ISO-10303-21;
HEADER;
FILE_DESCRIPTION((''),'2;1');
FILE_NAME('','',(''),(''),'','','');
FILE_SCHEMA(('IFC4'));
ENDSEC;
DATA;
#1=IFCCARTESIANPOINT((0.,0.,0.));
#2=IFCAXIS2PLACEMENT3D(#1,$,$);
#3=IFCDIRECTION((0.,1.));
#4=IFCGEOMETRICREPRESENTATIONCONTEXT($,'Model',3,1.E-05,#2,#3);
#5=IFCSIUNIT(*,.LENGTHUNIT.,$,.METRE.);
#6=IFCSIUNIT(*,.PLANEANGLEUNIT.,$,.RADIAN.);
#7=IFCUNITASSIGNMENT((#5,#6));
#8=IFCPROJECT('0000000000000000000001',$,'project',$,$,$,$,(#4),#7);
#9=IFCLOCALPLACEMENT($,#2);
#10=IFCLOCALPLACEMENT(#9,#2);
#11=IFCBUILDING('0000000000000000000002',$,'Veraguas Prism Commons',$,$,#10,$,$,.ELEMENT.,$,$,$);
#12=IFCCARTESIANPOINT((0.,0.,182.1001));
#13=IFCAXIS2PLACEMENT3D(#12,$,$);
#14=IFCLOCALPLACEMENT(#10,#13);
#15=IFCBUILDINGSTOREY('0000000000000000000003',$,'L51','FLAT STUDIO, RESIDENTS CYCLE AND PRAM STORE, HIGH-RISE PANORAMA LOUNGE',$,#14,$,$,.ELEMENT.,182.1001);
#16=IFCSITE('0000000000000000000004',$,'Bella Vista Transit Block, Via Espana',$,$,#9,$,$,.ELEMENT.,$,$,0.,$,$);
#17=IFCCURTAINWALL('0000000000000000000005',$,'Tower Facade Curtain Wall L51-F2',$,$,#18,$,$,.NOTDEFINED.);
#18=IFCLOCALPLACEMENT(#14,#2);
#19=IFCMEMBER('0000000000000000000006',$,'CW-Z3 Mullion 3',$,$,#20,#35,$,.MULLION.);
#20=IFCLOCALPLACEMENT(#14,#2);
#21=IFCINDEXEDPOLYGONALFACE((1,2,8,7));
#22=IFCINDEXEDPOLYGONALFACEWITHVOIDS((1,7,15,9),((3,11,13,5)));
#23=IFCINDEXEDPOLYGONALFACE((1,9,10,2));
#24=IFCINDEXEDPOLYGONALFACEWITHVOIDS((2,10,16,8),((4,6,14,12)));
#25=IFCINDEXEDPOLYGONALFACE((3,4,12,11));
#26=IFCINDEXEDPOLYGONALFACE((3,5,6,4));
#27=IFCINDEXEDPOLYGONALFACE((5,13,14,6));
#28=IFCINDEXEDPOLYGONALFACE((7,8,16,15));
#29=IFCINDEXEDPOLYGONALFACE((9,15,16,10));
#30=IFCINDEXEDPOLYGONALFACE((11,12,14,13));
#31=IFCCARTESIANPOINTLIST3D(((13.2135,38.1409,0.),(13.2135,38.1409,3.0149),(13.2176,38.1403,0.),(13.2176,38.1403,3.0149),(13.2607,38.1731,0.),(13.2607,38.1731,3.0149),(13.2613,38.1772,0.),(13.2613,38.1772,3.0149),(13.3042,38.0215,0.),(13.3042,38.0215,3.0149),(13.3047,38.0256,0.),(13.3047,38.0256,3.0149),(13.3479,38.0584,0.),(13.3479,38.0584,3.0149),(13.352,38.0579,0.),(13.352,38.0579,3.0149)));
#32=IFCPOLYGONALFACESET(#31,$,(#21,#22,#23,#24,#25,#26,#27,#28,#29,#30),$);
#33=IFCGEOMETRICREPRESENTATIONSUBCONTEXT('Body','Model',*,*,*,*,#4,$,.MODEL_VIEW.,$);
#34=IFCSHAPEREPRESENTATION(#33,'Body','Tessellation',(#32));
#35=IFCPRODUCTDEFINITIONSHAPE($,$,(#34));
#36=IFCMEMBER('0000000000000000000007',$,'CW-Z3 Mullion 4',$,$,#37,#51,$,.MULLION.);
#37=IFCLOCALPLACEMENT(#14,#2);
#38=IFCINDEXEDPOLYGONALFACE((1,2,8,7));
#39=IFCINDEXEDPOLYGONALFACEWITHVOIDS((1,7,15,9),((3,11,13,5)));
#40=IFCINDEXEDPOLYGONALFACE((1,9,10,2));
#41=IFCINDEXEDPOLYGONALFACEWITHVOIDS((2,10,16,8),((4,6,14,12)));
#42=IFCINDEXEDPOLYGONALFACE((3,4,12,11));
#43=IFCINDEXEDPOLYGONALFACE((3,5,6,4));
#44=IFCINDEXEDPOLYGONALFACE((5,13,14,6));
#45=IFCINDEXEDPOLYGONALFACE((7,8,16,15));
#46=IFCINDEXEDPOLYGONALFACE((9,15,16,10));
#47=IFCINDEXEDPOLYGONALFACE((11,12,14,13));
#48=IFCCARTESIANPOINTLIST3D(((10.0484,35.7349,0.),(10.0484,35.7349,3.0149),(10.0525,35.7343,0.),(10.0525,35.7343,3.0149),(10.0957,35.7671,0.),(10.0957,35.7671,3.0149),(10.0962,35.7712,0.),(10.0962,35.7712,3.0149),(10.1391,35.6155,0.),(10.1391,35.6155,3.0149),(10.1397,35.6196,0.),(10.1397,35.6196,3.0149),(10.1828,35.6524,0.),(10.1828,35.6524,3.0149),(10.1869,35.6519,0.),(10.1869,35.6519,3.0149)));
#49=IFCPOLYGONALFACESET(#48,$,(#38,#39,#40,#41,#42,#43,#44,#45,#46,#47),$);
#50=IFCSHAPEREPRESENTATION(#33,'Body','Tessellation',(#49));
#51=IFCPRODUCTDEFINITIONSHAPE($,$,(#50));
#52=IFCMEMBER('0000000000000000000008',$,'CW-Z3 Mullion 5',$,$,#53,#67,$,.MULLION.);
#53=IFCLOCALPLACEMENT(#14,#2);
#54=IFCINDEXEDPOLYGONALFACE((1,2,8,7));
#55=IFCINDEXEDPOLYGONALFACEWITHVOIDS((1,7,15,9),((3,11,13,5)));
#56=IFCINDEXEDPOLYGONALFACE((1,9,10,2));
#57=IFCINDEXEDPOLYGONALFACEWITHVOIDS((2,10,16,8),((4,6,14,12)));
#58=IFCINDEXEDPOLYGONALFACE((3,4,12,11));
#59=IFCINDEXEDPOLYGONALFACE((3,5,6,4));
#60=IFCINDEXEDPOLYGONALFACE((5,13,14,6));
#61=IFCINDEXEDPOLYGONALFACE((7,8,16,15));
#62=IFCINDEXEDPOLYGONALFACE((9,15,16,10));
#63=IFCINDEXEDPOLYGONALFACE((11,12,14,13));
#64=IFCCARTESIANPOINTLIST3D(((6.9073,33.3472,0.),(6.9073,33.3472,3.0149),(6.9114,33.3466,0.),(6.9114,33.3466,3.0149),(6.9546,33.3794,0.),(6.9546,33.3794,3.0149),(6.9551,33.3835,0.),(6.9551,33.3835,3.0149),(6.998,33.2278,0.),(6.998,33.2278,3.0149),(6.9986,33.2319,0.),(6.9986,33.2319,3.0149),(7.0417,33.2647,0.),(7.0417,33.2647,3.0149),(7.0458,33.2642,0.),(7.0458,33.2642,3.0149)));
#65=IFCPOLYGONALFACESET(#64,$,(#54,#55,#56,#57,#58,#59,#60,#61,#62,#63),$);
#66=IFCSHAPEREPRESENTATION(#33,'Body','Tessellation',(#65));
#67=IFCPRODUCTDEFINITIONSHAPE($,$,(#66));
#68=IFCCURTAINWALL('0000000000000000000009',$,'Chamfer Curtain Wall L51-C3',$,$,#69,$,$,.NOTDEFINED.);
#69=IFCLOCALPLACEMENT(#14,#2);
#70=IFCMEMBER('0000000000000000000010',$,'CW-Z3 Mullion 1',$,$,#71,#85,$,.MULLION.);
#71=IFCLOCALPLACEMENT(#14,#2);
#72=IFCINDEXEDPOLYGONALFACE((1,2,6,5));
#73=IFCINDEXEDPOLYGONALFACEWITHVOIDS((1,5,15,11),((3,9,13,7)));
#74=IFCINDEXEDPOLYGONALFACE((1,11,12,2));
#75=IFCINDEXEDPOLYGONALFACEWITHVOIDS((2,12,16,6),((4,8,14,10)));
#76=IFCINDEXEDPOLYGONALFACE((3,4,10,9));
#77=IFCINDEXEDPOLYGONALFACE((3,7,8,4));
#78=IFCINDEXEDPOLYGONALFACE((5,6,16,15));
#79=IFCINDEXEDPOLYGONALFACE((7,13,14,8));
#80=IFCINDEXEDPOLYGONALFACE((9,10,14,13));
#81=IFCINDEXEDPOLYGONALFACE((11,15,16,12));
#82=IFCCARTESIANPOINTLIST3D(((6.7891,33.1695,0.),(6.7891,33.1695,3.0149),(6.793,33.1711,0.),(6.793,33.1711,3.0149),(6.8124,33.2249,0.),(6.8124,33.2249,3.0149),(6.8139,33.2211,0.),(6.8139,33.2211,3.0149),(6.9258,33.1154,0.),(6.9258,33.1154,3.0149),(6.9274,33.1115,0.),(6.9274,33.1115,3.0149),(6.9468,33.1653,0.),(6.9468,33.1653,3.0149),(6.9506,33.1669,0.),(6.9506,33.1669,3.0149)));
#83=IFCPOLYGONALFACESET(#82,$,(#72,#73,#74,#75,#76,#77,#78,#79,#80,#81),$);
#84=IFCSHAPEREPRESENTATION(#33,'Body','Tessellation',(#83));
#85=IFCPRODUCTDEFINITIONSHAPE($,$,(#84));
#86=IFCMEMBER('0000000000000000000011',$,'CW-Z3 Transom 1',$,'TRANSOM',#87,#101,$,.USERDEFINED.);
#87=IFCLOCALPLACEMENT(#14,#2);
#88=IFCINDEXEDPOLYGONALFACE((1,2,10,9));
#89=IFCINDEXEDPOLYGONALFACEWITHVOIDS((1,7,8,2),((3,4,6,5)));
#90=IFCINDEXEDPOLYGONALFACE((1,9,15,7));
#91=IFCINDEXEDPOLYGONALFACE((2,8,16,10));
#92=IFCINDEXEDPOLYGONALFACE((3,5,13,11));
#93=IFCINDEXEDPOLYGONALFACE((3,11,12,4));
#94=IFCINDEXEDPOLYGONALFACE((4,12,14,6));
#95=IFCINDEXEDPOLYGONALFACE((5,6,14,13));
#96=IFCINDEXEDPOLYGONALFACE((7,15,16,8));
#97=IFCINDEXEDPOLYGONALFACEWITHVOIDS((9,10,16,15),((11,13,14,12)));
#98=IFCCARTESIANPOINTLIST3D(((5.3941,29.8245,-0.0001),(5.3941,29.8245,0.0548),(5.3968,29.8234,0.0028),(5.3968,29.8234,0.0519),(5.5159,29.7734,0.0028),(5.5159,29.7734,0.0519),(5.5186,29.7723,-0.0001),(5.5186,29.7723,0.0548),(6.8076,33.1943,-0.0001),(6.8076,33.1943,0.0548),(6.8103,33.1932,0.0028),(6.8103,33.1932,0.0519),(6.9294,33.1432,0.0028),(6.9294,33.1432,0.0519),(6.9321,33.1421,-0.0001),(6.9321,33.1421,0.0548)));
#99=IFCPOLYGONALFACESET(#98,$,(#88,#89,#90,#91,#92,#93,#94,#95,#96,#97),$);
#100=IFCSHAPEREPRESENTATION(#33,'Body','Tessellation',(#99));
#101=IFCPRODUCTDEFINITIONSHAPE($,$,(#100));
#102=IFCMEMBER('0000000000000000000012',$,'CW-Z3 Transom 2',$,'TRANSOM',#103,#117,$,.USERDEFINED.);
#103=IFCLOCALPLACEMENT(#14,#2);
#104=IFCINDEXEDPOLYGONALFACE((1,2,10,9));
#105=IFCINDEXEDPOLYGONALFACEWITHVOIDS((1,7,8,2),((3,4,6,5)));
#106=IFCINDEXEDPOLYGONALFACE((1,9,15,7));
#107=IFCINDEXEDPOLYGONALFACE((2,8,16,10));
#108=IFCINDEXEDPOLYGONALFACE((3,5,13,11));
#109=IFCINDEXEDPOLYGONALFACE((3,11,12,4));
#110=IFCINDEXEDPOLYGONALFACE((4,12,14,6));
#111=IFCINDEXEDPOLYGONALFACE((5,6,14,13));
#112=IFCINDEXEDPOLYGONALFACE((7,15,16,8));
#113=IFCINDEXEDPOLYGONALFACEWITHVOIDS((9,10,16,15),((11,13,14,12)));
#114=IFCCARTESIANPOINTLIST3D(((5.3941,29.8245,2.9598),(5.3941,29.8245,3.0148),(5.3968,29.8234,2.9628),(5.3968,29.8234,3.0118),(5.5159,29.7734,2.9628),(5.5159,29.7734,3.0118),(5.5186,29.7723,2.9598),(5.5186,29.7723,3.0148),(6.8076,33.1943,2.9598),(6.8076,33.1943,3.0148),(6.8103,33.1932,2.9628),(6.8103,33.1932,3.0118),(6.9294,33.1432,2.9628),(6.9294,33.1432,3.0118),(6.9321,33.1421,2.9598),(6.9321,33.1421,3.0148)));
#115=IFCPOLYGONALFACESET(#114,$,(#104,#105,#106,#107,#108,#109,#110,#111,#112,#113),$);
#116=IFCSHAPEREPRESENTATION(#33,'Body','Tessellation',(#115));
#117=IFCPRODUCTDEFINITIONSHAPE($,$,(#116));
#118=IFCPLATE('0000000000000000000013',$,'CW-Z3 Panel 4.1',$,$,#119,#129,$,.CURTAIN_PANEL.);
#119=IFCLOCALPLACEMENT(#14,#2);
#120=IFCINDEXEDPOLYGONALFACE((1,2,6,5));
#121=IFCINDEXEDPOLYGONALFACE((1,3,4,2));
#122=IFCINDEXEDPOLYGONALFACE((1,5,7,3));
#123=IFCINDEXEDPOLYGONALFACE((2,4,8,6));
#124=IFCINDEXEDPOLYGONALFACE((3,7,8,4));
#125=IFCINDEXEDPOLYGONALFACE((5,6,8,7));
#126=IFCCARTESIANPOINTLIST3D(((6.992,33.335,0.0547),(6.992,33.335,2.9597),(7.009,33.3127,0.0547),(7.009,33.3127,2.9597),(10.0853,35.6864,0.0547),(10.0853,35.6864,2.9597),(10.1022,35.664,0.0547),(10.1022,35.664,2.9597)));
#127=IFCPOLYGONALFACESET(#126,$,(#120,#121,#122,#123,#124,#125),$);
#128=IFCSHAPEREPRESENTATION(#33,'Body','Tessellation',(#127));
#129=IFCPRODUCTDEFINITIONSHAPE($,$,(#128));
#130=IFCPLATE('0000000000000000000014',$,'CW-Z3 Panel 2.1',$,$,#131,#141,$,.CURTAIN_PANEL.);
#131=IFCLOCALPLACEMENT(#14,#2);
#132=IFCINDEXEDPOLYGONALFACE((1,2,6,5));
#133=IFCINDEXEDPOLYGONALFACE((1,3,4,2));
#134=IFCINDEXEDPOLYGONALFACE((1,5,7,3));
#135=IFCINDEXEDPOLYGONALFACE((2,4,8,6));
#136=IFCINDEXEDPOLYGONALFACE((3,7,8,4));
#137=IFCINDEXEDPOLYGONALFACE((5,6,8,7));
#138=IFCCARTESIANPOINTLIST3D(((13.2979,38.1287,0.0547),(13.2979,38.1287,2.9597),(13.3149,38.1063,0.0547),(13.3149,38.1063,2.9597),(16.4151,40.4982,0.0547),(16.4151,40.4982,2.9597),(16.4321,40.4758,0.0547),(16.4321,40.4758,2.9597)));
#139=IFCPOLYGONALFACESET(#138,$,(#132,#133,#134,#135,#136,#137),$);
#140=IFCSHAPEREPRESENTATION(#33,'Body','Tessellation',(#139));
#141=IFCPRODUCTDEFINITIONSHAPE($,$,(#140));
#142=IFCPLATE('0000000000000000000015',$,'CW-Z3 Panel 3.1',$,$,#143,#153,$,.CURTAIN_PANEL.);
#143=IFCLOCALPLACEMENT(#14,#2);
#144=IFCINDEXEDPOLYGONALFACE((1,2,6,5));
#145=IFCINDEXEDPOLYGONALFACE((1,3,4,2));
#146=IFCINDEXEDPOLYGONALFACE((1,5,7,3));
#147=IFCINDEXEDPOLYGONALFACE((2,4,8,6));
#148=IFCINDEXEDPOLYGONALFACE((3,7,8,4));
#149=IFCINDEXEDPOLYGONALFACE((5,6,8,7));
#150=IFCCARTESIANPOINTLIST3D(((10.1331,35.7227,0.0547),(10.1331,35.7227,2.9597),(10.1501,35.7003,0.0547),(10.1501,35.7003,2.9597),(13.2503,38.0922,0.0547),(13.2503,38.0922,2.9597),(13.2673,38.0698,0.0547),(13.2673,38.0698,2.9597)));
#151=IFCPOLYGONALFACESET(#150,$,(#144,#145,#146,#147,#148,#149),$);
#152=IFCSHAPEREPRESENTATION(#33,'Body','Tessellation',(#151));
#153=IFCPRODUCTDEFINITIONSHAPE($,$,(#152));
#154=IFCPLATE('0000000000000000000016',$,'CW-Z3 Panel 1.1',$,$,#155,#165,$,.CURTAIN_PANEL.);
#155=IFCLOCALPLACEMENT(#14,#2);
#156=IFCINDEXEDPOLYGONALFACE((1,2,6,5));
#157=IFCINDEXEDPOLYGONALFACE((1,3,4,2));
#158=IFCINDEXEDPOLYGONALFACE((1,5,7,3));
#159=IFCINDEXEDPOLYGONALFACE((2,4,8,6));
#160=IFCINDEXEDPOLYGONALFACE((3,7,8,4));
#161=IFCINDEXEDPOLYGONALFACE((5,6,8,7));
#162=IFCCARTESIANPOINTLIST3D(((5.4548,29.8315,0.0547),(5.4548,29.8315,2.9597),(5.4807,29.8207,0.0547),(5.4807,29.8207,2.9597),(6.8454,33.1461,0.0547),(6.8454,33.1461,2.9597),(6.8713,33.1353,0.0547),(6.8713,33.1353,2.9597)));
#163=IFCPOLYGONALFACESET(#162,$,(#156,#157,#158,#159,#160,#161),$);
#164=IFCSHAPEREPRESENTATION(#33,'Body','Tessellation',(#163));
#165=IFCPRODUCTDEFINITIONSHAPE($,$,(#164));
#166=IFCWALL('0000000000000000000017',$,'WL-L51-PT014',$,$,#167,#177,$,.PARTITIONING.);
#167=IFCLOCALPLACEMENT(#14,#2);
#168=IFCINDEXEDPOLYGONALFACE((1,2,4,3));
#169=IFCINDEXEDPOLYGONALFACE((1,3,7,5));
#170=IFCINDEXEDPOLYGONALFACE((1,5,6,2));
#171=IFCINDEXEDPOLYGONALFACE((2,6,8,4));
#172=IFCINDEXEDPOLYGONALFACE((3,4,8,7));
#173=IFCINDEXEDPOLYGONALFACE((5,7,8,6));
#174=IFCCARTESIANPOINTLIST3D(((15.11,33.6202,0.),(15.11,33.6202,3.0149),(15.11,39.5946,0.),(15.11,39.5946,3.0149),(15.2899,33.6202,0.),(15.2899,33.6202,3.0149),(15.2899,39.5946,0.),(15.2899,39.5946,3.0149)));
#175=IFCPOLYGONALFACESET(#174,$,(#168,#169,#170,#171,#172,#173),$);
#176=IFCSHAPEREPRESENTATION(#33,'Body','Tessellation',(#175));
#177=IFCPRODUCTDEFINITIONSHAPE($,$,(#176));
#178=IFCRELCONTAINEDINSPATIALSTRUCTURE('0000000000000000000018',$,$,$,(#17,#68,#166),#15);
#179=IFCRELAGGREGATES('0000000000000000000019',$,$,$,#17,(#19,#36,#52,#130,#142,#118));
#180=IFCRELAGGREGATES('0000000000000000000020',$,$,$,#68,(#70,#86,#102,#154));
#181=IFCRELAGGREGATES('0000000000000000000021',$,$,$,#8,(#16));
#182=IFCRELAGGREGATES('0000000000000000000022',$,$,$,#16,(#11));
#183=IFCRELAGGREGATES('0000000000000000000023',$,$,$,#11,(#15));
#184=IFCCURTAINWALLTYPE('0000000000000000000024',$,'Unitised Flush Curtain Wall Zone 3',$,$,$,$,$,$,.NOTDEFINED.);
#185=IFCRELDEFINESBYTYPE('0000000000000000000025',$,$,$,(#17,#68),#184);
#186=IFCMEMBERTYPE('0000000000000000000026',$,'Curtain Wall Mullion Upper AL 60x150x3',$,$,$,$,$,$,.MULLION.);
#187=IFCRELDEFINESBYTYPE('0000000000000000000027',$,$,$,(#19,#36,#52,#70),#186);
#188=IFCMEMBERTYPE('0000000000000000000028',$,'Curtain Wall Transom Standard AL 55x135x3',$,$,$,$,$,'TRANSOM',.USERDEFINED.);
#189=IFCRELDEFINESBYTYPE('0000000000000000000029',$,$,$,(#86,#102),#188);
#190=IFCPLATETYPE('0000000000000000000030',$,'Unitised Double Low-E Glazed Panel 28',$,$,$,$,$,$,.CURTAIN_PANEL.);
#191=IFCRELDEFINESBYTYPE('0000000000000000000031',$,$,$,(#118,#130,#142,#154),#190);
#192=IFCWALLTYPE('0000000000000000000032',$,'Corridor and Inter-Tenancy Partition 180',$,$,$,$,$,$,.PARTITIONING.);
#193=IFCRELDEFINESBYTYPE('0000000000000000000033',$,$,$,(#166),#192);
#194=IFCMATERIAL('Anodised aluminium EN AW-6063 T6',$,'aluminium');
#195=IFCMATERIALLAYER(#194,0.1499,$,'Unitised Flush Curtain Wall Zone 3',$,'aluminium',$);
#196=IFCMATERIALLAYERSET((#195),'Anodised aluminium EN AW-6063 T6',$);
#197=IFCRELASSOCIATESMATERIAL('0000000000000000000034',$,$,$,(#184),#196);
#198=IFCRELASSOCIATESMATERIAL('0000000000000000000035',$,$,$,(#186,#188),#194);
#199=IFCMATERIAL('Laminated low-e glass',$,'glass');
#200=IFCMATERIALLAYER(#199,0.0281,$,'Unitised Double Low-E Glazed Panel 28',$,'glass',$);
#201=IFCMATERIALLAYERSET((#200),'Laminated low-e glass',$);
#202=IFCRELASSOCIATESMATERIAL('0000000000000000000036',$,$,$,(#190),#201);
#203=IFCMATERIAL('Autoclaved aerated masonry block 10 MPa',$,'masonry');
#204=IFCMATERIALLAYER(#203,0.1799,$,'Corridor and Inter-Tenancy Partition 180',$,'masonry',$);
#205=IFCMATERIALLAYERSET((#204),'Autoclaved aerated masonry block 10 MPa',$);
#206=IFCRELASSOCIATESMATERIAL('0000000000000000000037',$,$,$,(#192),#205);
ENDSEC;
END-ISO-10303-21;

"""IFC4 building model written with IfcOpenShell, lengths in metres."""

from ifc_helpers import new_model, si_unit, direction, frame, frame_2d, origin, origin_2d, place, context, subcontext, project, spatial, rectangle, hollow_rectangle, extrude, source, transform, mapped, material, layer, layer_set, material_profile, profile_set, type_object, element, aggregate, save


model = new_model("IFC4")

# Units and contexts
model_context = context("Model", 3, precision=1e-05, world=origin(), true_north=direction((0.0, 1.0)))
body_context = subcontext(model_context, "Body", "Model", "MODEL_VIEW")
ifc_project = project(units=[si_unit("LENGTHUNIT", "METRE"), si_unit("PLANEANGLEUNIT", "RADIAN")], contexts=[model_context])

# Site, building, storey
site_placement = place(None, origin())
site = spatial("IfcSite", under=ifc_project, at=site_placement, Name="Bella Vista Transit Block, Via Espana", CompositionType="ELEMENT", RefElevation=0.0)
building_placement = place(site_placement, origin())
building = spatial("IfcBuilding", under=site, at=building_placement, Name="Veraguas Prism Commons", CompositionType="ELEMENT")
storey_placement = place(building_placement, frame((0.0, 0.0, 182.1001)))
storey = spatial("IfcBuildingStorey", under=building, at=storey_placement, Name="L51", Description="FLAT STUDIO, RESIDENTS CYCLE AND PRAM STORE, HIGH-RISE PANORAMA LOUNGE", CompositionType="ELEMENT", Elevation=182.1001)

# Curtain walls, members
ifc_material_1 = material(Name="Anodised aluminium EN AW-6063 T6", Category="aluminium")
ifc_layer_1 = layer(ifc_material_1, 0.1499, Name="Unitised Flush Curtain Wall Zone 3", Category="aluminium")
ifc_layer_set_1 = layer_set([ifc_layer_1], Name="Anodised aluminium EN AW-6063 T6")
curtain_wall_type = type_object("IfcCurtainWallType", Name="Unitised Flush Curtain Wall Zone 3", PredefinedType="NOTDEFINED", material=ifc_layer_set_1)
curtain_wall_1_placement = place(storey_placement, origin())
curtain_wall_1 = element("IfcCurtainWall", 1, at=curtain_wall_1_placement, inside=storey, type_object=curtain_wall_type, Name="Tower Facade Curtain Wall L51-F2", PredefinedType="NOTDEFINED")
ifc_material_profile_1 = material_profile(ifc_material_1, hollow_rectangle(XDim=0.0601, YDim=0.1499, WallThickness=0.0029, at=origin_2d()), Name="AL60X150X3")
ifc_profile_set_1 = profile_set([ifc_material_profile_1], Name="Anodised aluminium EN AW-6063 T6")
member_type_1 = type_object("IfcMemberType", Name="Curtain Wall Mullion Upper AL 60x150x3", PredefinedType="MULLION", material=ifc_profile_set_1)
shared_shape_1 = source(origin(), body_context, "Body", "SweptSolid", [
    extrude(hollow_rectangle(XDim=0.0601, YDim=0.1499, WallThickness=0.0029, at=origin_2d()), origin(), (0.0, 0.0, 1.0), 3.0149),
])
member_1_placement = place(storey_placement, frame((13.2827, 38.0994, 0.0), z_axis=(0.0, 0.0, 1.0), x_axis=(-0.796104, -0.605159, 0.0)))
member_1 = element("IfcMember", 2, at=member_1_placement, type_object=member_type_1, Name="CW-Z3 Mullion 3", PredefinedType="MULLION", context=body_context, shape_type="MappedRepresentation", body=[
    mapped(shared_shape_1, transform((0.0, 0.0, 0.0), scale=1.0)),
])
member_2_placement = place(storey_placement, frame((10.1177, 35.6934, 0.0), z_axis=(0.0, 0.0, 1.0), x_axis=(-0.796104, -0.605159, 0.0)))
member_2 = element("IfcMember", 3, at=member_2_placement, type_object=member_type_1, Name="CW-Z3 Mullion 4", PredefinedType="MULLION", context=body_context, shape_type="MappedRepresentation", body=[
    mapped(shared_shape_1, transform((0.0, 0.0, 0.0), scale=1.0)),
])
member_3_placement = place(storey_placement, frame((6.9766, 33.3057, 0.0), z_axis=(0.0, 0.0, 1.0), x_axis=(-0.796104, -0.605159, 0.0)))
member_3 = element("IfcMember", 4, at=member_3_placement, type_object=member_type_1, Name="CW-Z3 Mullion 5", PredefinedType="MULLION", context=body_context, shape_type="MappedRepresentation", body=[
    mapped(shared_shape_1, transform((0.0, 0.0, 0.0), scale=1.0)),
])
curtain_wall_2_placement = place(storey_placement, origin())
curtain_wall_2 = element("IfcCurtainWall", 5, at=curtain_wall_2_placement, inside=storey, type_object=curtain_wall_type, Name="Chamfer Curtain Wall L51-C3", PredefinedType="NOTDEFINED")
member_4_placement = place(storey_placement, frame((6.8699, 33.1682, 0.0), z_axis=(0.0, 0.0, 1.0), x_axis=(-0.38687, -0.922134, 0.0)))
member_4 = element("IfcMember", 6, at=member_4_placement, type_object=member_type_1, Name="CW-Z3 Mullion 1", PredefinedType="MULLION", context=body_context, shape_type="MappedRepresentation", body=[
    mapped(shared_shape_1, transform((0.0, 0.0, 0.0), scale=1.0)),
])
ifc_material_profile_2 = material_profile(ifc_material_1, hollow_rectangle(XDim=0.0549, YDim=0.135, WallThickness=0.0029, at=origin_2d()), Name="AL55X135X3")
ifc_profile_set_2 = profile_set([ifc_material_profile_2], Name="Anodised aluminium EN AW-6063 T6")
member_type_2 = type_object("IfcMemberType", Name="Curtain Wall Transom Standard AL 55x135x3", ElementType="TRANSOM", PredefinedType="USERDEFINED", material=ifc_profile_set_2)
shared_shape_2 = source(origin(), body_context, "Body", "SweptSolid", [
    extrude(hollow_rectangle(XDim=0.0549, YDim=0.135, WallThickness=0.0029, at=origin_2d()), origin(), (0.0, 0.0, 1.0), 3.6543),
])
member_5_placement = place(storey_placement, frame((6.8699, 33.1682, 0.0273), z_axis=(-0.38682, -0.922155, 0.0), x_axis=(0.0, 0.0, 1.0)))
member_5 = element("IfcMember", 7, at=member_5_placement, type_object=member_type_2, Name="CW-Z3 Transom 1", ObjectType="TRANSOM", PredefinedType="USERDEFINED", context=body_context, shape_type="MappedRepresentation", body=[
    mapped(shared_shape_2, transform((0.0, 0.0, 0.0), scale=1.0)),
])
member_6_placement = place(storey_placement, frame((6.8699, 33.1682, 2.9873), z_axis=(-0.38682, -0.922155, 0.0), x_axis=(0.0, 0.0, 1.0)))
member_6 = element("IfcMember", 8, at=member_6_placement, type_object=member_type_2, Name="CW-Z3 Transom 2", ObjectType="TRANSOM", PredefinedType="USERDEFINED", context=body_context, shape_type="MappedRepresentation", body=[
    mapped(shared_shape_2, transform((0.0, 0.0, 0.0), scale=1.0)),
])

# Plates
ifc_material_2 = material(Name="Laminated low-e glass", Category="glass")
ifc_layer_2 = layer(ifc_material_2, 0.0281, Name="Unitised Double Low-E Glazed Panel 28", Category="glass")
ifc_layer_set_2 = layer_set([ifc_layer_2], Name="Laminated low-e glass")
plate_type = type_object("IfcPlateType", Name="Unitised Double Low-E Glazed Panel 28", PredefinedType="CURTAIN_PANEL", material=ifc_layer_set_2)
shared_shape_3 = source(origin(), body_context, "Body", "SweptSolid", [
    extrude(rectangle(XDim=3.8855, YDim=0.0281, at=origin_2d()), origin(), (0.0, 0.0, 1.0), 2.905),
])
plate_1_placement = place(storey_placement, frame((8.5471, 34.4995, 0.0547), z_axis=(0.0, 0.0, 1.0), x_axis=(-0.796104, -0.605159, 0.0)))
plate_1 = element("IfcPlate", 9, at=plate_1_placement, type_object=plate_type, Name="CW-Z3 Panel 4.1", PredefinedType="CURTAIN_PANEL", context=body_context, shape_type="MappedRepresentation", body=[
    mapped(shared_shape_3, transform((0.0, 0.0, 0.0), scale=1.0)),
])
shared_shape_4 = source(origin(), body_context, "Body", "SweptSolid", [
    extrude(rectangle(XDim=3.9155, YDim=0.0281, at=origin_2d()), origin(), (0.0, 0.0, 1.0), 2.905),
])
plate_2_placement = place(storey_placement, frame((14.865, 39.3022, 0.0547), z_axis=(0.0, 0.0, 1.0), x_axis=(-0.796104, -0.605159, 0.0)))
plate_2 = element("IfcPlate", 10, at=plate_2_placement, type_object=plate_type, Name="CW-Z3 Panel 2.1", PredefinedType="CURTAIN_PANEL", context=body_context, shape_type="MappedRepresentation", body=[
    mapped(shared_shape_4, transform((0.0, 0.0, 0.0), scale=1.0)),
])
plate_3_placement = place(storey_placement, frame((11.7002, 36.8962, 0.0547), z_axis=(0.0, 0.0, 1.0), x_axis=(-0.796104, -0.605159, 0.0)))
plate_3 = element("IfcPlate", 11, at=plate_3_placement, type_object=plate_type, Name="CW-Z3 Panel 3.1", PredefinedType="CURTAIN_PANEL", context=body_context, shape_type="MappedRepresentation", body=[
    mapped(shared_shape_4, transform((0.0, 0.0, 0.0), scale=1.0)),
])
aggregate(curtain_wall_1, [member_1, member_2, member_3, plate_2, plate_3, plate_1])
shared_shape_5 = source(origin(), body_context, "Body", "SweptSolid", [
    extrude(rectangle(XDim=3.5945, YDim=0.0281, at=origin_2d()), origin(), (0.0, 0.0, 1.0), 2.905),
])
plate_4_placement = place(storey_placement, frame((6.1631, 31.4834, 0.0547), z_axis=(0.0, 0.0, 1.0), x_axis=(-0.38687, -0.922134, 0.0)))
plate_4 = element("IfcPlate", 12, at=plate_4_placement, type_object=plate_type, Name="CW-Z3 Panel 1.1", PredefinedType="CURTAIN_PANEL", context=body_context, shape_type="MappedRepresentation", body=[
    mapped(shared_shape_5, transform((0.0, 0.0, 0.0), scale=1.0)),
])
aggregate(curtain_wall_2, [member_4, member_5, member_6, plate_4])

# Wall
ifc_material_3 = material(Name="Autoclaved aerated masonry block 10 MPa", Category="masonry")
ifc_layer_3 = layer(ifc_material_3, 0.1799, Name="Corridor and Inter-Tenancy Partition 180", Category="masonry")
ifc_layer_set_3 = layer_set([ifc_layer_3], Name="Autoclaved aerated masonry block 10 MPa")
wall_type_1 = type_object("IfcWallType", Name="Corridor and Inter-Tenancy Partition 180", PredefinedType="PARTITIONING", material=ifc_layer_set_3)
wall_1_placement = place(storey_placement, frame((15.2, 33.6201, 0.0), z_axis=(0.0, 0.0, 1.0), x_axis=(0.0, 1.0, 0.0)))
element("IfcWall", 13, at=wall_1_placement, inside=storey, type_object=wall_type_1, Name="WL-L51-PT014", PredefinedType="PARTITIONING", context=body_context, shape_type="SweptSolid", body=[
    extrude(rectangle(XDim=5.9744, YDim=0.1799, at=frame_2d((2.9873, 0.0))), origin(), (0.0, 0.0, 1.0), 3.0149),
])

save(model, "model.ifc")
